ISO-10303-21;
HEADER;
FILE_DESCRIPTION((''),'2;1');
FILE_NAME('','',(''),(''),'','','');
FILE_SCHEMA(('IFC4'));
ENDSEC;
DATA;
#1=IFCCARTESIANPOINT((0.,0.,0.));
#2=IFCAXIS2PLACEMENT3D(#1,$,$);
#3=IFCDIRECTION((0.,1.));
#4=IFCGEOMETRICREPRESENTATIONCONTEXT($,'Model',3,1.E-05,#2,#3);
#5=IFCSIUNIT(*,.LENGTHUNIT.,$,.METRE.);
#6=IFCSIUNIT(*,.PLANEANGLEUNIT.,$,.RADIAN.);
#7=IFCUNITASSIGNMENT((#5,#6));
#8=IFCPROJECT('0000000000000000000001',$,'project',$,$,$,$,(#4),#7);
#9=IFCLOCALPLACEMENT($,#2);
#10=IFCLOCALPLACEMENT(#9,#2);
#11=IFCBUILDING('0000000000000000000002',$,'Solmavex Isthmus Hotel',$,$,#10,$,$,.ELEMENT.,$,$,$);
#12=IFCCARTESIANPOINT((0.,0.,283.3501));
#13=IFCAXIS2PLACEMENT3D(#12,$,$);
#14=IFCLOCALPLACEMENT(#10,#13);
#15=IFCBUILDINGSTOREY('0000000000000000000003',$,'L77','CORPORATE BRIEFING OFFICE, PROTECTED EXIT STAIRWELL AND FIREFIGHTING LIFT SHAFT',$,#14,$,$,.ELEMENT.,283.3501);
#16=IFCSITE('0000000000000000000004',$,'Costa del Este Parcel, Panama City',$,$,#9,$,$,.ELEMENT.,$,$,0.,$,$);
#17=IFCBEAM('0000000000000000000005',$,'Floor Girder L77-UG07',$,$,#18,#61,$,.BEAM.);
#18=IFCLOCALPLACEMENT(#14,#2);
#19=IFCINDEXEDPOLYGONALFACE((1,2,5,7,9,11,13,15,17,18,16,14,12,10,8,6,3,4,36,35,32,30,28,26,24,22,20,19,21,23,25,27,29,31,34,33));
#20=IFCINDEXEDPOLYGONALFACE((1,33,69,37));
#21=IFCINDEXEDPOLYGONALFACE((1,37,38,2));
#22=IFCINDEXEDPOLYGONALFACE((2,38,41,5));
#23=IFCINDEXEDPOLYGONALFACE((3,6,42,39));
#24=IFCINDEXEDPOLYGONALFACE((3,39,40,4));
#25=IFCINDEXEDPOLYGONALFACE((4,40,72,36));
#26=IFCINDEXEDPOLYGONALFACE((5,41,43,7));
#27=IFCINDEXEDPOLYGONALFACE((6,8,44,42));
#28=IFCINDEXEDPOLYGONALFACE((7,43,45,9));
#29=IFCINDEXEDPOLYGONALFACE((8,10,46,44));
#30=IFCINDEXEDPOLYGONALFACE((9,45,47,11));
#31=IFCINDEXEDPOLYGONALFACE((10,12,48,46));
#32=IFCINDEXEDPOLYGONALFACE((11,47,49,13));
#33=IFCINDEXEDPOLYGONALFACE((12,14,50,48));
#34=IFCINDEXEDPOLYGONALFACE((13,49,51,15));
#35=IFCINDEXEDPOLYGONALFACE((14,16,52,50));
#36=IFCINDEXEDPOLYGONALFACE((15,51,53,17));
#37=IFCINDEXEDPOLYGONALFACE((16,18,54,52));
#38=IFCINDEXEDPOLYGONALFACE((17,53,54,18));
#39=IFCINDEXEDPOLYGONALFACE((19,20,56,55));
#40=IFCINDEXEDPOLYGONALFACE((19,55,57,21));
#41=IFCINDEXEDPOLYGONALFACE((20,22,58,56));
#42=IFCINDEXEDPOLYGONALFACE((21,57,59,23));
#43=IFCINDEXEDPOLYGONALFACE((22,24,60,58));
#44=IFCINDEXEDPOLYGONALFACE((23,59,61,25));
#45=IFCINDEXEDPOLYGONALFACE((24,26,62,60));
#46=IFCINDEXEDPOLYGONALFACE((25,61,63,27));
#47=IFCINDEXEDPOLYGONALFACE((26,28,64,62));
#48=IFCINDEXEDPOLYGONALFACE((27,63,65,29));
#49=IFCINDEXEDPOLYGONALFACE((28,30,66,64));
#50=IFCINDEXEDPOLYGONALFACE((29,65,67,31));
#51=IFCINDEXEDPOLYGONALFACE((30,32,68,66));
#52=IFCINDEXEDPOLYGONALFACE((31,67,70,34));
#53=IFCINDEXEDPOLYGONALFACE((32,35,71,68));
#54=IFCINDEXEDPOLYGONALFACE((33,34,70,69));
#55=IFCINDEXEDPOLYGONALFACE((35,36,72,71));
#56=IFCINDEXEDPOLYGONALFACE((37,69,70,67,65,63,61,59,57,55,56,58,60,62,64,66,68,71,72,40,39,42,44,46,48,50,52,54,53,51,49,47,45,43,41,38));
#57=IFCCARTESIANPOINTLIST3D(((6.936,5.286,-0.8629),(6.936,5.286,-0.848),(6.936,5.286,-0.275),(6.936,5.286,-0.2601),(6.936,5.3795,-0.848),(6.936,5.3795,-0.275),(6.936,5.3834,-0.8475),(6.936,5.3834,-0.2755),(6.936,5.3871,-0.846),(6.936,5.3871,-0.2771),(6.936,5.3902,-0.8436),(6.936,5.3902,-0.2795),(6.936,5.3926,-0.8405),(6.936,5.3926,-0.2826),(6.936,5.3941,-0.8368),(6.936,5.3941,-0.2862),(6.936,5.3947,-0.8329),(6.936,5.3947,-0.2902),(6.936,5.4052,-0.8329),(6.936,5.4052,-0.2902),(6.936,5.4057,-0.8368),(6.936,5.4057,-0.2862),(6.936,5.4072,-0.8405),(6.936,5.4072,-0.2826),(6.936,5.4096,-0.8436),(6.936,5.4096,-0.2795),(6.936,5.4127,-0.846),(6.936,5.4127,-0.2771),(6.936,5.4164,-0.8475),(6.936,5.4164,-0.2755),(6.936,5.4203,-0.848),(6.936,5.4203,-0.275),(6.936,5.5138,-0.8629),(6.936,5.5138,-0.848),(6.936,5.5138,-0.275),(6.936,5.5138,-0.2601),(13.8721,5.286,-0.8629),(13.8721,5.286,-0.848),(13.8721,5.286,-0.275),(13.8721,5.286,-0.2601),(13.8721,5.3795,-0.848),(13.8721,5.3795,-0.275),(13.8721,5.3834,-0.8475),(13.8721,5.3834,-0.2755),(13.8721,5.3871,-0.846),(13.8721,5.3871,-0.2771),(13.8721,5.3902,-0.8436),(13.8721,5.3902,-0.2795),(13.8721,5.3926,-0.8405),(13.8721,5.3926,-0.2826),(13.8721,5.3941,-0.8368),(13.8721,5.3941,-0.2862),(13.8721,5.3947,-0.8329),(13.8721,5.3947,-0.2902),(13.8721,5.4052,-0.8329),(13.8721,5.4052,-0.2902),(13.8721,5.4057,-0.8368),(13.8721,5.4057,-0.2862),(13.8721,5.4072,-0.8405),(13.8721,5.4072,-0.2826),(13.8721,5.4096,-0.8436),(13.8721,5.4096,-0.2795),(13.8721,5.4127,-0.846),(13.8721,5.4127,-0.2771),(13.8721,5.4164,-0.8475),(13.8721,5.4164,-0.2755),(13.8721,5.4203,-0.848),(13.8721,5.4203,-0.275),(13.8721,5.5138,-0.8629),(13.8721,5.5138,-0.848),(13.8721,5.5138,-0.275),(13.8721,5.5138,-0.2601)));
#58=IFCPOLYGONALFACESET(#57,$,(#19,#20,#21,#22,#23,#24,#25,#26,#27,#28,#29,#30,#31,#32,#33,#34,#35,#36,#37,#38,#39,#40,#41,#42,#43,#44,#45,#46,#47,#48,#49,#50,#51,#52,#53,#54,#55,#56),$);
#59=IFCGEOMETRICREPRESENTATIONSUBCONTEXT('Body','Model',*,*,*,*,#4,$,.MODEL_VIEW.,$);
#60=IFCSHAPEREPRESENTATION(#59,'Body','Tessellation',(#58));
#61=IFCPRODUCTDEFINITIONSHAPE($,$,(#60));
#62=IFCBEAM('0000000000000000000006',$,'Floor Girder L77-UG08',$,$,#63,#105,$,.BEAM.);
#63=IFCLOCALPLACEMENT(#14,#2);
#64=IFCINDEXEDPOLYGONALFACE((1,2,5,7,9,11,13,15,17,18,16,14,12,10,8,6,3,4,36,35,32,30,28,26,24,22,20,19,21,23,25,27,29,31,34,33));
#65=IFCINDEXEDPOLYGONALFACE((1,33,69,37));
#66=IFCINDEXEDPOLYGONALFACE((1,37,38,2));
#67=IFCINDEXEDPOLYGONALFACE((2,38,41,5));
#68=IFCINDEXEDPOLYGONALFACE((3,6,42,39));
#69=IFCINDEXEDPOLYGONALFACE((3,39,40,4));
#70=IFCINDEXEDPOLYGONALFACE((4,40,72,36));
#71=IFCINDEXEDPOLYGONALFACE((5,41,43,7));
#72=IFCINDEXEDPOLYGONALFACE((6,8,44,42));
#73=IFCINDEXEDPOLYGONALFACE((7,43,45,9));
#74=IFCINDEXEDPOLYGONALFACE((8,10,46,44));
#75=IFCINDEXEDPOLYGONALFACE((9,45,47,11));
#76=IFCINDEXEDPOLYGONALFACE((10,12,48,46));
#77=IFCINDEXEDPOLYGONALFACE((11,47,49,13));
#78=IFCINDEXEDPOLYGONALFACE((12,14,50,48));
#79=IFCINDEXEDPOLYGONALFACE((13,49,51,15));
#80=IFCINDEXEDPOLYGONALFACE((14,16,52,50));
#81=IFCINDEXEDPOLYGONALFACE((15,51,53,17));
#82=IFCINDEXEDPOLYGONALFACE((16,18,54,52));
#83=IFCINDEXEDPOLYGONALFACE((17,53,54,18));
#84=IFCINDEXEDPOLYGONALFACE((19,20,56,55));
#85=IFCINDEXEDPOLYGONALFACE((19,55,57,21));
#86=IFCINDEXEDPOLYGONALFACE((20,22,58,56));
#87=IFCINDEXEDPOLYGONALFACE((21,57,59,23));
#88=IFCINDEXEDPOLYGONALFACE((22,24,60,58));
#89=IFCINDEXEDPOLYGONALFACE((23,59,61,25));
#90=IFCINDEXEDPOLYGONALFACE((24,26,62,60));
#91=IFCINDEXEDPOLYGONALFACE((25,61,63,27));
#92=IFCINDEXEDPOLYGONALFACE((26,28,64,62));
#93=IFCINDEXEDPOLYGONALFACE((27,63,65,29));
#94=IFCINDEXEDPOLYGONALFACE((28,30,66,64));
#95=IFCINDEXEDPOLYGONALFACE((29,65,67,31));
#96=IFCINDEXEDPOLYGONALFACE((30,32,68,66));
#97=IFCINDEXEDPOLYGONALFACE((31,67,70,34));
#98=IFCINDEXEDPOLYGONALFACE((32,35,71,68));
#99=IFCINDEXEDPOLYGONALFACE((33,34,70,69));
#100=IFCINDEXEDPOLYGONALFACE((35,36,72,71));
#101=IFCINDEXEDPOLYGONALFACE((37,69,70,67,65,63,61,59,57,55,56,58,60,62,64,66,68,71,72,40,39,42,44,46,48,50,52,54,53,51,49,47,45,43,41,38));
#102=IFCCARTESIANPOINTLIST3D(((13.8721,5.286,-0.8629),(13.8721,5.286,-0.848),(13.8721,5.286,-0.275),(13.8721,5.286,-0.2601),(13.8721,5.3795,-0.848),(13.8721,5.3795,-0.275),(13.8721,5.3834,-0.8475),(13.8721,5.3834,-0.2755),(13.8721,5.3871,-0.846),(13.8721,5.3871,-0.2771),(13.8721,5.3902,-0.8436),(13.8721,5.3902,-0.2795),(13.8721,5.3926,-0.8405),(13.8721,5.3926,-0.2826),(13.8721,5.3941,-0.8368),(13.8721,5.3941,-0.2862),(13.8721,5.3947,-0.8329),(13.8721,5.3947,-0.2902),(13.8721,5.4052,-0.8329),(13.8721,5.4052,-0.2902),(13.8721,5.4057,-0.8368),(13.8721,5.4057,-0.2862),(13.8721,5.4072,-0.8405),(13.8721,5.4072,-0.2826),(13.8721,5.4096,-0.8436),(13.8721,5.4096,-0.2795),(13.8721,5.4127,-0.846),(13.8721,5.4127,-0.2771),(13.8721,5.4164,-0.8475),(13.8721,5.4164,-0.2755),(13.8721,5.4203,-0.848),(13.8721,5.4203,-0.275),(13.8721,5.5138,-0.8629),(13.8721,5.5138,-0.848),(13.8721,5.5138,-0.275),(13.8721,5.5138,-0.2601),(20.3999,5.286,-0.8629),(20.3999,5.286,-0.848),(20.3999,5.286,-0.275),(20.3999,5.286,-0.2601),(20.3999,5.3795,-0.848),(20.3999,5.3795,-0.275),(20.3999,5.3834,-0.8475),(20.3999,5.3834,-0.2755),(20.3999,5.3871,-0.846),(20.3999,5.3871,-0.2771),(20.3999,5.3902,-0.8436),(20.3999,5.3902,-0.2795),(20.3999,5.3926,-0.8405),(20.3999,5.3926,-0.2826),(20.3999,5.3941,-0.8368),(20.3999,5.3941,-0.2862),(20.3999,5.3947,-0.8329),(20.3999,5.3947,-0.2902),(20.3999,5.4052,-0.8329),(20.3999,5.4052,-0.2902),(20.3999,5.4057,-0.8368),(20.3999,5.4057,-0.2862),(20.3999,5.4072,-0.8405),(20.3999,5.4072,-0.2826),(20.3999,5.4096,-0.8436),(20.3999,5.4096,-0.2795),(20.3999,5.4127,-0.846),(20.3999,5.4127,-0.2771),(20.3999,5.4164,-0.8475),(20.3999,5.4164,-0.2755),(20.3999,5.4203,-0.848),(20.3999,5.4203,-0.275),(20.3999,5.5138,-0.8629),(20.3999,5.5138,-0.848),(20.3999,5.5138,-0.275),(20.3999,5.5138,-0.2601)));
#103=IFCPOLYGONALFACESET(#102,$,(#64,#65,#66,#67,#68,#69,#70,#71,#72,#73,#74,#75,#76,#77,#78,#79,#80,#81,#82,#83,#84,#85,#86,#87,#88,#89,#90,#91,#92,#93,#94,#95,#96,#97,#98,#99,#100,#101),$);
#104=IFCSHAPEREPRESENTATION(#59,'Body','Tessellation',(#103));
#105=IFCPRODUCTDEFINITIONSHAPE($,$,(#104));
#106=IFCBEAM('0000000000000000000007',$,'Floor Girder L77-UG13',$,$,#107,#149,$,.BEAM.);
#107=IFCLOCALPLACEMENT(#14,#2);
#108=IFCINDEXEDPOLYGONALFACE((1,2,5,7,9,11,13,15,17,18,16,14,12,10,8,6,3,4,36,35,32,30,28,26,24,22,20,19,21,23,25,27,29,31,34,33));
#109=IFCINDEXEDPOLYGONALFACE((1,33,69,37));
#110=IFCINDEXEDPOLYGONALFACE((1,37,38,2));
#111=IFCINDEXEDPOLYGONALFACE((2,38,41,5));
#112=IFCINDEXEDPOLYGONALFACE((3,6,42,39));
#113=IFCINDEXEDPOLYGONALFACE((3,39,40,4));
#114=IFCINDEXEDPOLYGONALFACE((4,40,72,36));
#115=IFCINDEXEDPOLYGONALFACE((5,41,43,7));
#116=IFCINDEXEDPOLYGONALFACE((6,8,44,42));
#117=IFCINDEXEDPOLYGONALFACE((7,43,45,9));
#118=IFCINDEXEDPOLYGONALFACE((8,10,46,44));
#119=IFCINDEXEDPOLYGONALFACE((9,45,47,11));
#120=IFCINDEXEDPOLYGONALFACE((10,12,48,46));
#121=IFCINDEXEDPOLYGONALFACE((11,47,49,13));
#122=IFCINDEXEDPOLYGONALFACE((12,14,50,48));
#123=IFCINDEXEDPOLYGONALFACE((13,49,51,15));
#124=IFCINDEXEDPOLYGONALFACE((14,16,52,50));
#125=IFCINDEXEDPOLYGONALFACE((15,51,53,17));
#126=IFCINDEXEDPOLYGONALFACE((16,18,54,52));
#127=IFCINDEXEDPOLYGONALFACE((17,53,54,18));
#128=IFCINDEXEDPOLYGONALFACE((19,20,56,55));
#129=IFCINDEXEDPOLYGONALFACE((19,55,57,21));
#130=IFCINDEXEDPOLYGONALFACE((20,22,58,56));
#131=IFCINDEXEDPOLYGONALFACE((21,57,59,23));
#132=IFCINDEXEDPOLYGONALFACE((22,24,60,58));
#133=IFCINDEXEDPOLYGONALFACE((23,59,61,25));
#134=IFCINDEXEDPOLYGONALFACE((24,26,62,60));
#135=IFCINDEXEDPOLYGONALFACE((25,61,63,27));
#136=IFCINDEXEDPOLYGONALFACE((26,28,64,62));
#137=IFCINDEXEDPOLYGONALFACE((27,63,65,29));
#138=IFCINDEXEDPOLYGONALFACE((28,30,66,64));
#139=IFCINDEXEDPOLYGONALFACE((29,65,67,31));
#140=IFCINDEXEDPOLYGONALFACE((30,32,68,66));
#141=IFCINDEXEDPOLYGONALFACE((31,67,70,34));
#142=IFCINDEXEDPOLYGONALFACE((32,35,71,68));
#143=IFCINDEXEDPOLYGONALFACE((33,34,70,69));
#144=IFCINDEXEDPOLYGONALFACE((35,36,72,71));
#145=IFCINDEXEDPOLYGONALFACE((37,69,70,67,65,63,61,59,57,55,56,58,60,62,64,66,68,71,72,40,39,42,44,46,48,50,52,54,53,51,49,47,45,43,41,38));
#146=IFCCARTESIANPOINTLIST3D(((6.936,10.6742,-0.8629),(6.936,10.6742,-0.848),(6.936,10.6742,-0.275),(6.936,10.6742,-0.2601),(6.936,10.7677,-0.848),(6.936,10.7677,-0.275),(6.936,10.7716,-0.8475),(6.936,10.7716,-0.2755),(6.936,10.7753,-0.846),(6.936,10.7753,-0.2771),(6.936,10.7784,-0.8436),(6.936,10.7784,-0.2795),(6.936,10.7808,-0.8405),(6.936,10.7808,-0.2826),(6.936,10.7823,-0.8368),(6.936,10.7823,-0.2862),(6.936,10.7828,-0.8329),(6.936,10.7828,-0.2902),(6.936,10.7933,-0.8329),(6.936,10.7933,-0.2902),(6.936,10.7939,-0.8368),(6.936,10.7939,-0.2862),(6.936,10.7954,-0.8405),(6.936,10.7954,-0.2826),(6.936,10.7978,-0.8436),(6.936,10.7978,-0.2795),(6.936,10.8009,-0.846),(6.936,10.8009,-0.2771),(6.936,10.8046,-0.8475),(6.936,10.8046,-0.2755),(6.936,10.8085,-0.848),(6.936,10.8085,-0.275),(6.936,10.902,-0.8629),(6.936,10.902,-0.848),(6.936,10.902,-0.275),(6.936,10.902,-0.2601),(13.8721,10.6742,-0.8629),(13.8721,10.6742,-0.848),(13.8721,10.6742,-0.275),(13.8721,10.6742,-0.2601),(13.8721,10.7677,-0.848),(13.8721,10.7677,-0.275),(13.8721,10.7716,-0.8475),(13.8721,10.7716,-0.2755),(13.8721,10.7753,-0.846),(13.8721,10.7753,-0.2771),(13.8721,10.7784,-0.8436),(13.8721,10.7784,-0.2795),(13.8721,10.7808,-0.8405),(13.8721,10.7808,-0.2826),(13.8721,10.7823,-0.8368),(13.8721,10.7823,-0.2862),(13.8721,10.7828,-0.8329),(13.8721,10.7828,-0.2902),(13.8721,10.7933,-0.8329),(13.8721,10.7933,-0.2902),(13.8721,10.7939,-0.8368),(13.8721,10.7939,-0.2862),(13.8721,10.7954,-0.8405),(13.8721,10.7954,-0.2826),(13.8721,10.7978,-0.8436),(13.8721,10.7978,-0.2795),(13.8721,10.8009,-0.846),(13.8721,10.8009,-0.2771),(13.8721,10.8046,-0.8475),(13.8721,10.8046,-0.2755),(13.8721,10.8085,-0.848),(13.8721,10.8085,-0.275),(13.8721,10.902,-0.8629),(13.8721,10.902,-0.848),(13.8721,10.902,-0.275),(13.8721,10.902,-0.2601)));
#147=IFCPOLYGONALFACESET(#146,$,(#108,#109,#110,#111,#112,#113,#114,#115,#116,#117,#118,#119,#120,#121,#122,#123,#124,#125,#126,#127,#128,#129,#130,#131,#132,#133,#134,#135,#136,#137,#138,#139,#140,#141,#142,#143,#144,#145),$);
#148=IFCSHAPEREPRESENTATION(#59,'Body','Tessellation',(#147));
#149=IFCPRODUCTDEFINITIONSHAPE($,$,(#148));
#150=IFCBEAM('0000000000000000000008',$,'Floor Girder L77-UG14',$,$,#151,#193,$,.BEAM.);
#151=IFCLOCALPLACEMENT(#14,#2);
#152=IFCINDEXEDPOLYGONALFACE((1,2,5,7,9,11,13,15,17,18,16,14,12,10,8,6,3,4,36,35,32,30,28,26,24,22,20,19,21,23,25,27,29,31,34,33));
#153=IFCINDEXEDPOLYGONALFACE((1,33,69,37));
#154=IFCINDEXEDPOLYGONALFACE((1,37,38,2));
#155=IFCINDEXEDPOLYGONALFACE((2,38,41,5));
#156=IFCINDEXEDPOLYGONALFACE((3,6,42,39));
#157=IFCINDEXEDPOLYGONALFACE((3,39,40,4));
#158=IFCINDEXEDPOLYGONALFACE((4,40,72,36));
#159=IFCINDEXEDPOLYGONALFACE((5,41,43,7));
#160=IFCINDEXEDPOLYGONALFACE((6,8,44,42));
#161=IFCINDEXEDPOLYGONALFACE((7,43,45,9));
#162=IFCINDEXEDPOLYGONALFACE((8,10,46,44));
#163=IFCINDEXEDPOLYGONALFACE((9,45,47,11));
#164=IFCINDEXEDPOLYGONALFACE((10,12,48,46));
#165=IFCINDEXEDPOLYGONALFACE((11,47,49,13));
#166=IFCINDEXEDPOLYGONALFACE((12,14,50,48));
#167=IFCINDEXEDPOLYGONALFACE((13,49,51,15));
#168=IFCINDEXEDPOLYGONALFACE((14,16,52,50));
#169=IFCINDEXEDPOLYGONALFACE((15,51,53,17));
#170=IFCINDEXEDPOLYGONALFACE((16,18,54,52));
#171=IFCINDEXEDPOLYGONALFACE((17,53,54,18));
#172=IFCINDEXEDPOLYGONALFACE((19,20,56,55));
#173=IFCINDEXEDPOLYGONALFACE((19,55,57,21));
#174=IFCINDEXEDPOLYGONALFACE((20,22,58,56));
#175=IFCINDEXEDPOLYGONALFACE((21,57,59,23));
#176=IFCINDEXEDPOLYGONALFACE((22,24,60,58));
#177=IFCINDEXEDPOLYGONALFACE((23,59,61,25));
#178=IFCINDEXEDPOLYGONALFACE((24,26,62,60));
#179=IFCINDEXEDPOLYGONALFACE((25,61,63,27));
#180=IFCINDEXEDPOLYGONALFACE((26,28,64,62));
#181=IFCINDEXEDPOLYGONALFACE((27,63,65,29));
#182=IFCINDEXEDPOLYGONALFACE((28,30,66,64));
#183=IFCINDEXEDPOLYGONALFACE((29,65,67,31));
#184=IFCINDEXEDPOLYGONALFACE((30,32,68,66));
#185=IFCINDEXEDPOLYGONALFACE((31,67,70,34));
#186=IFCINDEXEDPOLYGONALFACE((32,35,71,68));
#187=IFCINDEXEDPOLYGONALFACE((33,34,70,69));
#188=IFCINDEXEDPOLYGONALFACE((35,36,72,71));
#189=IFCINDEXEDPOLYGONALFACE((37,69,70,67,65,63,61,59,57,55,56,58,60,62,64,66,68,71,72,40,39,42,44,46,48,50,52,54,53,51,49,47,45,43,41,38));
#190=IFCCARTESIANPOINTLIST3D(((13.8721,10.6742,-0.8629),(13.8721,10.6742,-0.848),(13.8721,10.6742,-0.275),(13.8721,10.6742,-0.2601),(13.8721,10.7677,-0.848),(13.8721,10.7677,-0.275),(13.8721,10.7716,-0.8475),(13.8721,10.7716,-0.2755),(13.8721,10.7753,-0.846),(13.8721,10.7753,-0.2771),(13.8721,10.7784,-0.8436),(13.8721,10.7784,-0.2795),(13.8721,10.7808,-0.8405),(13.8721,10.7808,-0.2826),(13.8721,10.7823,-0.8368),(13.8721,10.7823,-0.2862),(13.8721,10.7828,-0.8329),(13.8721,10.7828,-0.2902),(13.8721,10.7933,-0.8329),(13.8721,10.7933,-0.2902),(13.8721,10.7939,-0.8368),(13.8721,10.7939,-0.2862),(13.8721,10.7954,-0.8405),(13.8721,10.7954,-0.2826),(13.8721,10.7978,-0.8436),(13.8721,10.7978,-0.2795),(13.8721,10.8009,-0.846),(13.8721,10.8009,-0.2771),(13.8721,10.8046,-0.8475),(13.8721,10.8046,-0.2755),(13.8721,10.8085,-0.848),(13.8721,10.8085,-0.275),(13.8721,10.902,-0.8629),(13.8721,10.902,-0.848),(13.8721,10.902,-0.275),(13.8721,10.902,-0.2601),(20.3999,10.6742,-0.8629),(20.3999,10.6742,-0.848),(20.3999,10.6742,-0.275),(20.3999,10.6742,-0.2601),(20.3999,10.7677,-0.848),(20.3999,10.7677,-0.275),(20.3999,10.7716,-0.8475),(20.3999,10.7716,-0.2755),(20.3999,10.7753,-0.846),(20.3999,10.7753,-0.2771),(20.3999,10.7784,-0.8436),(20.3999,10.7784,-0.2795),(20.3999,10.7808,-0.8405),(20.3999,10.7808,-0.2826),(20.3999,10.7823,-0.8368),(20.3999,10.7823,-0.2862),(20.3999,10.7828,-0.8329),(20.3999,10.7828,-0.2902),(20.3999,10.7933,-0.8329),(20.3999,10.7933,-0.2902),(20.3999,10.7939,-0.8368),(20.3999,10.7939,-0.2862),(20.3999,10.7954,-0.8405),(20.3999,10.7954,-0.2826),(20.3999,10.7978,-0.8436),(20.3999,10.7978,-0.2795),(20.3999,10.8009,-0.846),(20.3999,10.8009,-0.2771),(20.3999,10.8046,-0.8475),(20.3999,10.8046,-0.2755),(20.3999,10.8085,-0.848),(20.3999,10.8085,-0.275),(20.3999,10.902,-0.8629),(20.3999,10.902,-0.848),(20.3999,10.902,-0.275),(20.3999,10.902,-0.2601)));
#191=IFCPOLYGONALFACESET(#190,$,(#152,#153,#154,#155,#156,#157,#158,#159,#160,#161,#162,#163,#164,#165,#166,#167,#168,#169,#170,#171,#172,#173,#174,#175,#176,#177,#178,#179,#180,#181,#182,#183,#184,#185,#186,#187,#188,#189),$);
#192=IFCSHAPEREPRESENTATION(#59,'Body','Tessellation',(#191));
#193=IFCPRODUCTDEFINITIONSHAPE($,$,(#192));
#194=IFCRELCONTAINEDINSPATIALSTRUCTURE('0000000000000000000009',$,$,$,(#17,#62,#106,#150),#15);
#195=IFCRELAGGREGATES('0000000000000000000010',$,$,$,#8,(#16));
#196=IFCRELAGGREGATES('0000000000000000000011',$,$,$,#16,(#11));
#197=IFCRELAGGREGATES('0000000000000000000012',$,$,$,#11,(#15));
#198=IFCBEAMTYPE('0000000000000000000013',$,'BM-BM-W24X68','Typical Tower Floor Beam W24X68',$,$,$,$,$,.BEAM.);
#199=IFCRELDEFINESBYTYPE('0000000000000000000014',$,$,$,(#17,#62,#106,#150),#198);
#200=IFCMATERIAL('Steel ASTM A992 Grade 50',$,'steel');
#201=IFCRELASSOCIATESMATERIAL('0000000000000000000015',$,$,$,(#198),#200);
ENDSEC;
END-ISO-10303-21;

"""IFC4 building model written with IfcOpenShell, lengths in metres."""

from ifc_helpers import new_model, si_unit, direction, frame, origin, origin_2d, place, context, subcontext, project, spatial, i_section, extrude, material, material_profile, profile_set, type_object, element, save


model = new_model("IFC4")

# Units and contexts
model_context = context("Model", 3, precision=1e-05, world=origin(), true_north=direction((0.0, 1.0)))
body_context = subcontext(model_context, "Body", "Model", "MODEL_VIEW")
ifc_project = project(units=[si_unit("LENGTHUNIT", "METRE"), si_unit("PLANEANGLEUNIT", "RADIAN")], contexts=[model_context])

# Site, building, storey
site_placement = place(None, origin())
site = spatial("IfcSite", under=ifc_project, at=site_placement, Name="Costa del Este Parcel, Panama City", CompositionType="ELEMENT", RefElevation=0.0)
building_placement = place(site_placement, origin())
building = spatial("IfcBuilding", under=site, at=building_placement, Name="Solmavex Isthmus Hotel", CompositionType="ELEMENT")
storey_placement = place(building_placement, frame((0.0, 0.0, 283.3501)))
storey = spatial("IfcBuildingStorey", under=building, at=storey_placement, Name="L77", Description="CORPORATE BRIEFING OFFICE, PROTECTED EXIT STAIRWELL AND FIREFIGHTING LIFT SHAFT", CompositionType="ELEMENT", Elevation=283.3501)

# Beams
ifc_material_1 = material(Name="Steel ASTM A992 Grade 50", Category="steel")
ifc_material_profile_1 = material_profile(ifc_material_1, i_section(OverallWidth=0.2278, OverallDepth=0.6028, WebThickness=0.0105, FlangeThickness=0.0149, FilletRadius=0.0151, at=origin_2d()), Name="W24X68")
ifc_profile_set_1 = profile_set([ifc_material_profile_1], Name="Steel ASTM A992 Grade 50")
beam_type_1 = type_object("IfcBeamType", Name="BM-BM-W24X68", Description="Typical Tower Floor Beam W24X68", PredefinedType="BEAM", material=ifc_profile_set_1)
beam_1_placement = place(storey_placement, frame((6.936, 5.3999, -0.5615), z_axis=(1.0, 0.0, 0.0), x_axis=(0.0, 1.0, 0.0)))
element("IfcBeam", 1, at=beam_1_placement, inside=storey, type_object=beam_type_1, Name="Floor Girder L77-UG07", PredefinedType="BEAM", context=body_context, shape_type="SweptSolid", body=[
    extrude(i_section(OverallWidth=0.2278, OverallDepth=0.6028, WebThickness=0.0105, FlangeThickness=0.0149, FilletRadius=0.0151, at=origin_2d()), origin(), (0.0, 0.0, 1.0), 6.936),
])
beam_2_placement = place(storey_placement, frame((13.8721, 5.3999, -0.5615), z_axis=(1.0, 0.0, 0.0), x_axis=(0.0, 1.0, 0.0)))
element("IfcBeam", 2, at=beam_2_placement, inside=storey, type_object=beam_type_1, Name="Floor Girder L77-UG08", PredefinedType="BEAM", context=body_context, shape_type="SweptSolid", body=[
    extrude(i_section(OverallWidth=0.2278, OverallDepth=0.6028, WebThickness=0.0105, FlangeThickness=0.0149, FilletRadius=0.0151, at=origin_2d()), origin(), (0.0, 0.0, 1.0), 6.5278),
])
beam_3_placement = place(storey_placement, frame((6.936, 10.7881, -0.5615), z_axis=(1.0, 0.0, 0.0), x_axis=(0.0, 1.0, 0.0)))
element("IfcBeam", 3, at=beam_3_placement, inside=storey, type_object=beam_type_1, Name="Floor Girder L77-UG13", PredefinedType="BEAM", context=body_context, shape_type="SweptSolid", body=[
    extrude(i_section(OverallWidth=0.2278, OverallDepth=0.6028, WebThickness=0.0105, FlangeThickness=0.0149, FilletRadius=0.0151, at=origin_2d()), origin(), (0.0, 0.0, 1.0), 6.936),
])
beam_4_placement = place(storey_placement, frame((13.8721, 10.7881, -0.5615), z_axis=(1.0, 0.0, 0.0), x_axis=(0.0, 1.0, 0.0)))
element("IfcBeam", 4, at=beam_4_placement, inside=storey, type_object=beam_type_1, Name="Floor Girder L77-UG14", PredefinedType="BEAM", context=body_context, shape_type="SweptSolid", body=[
    extrude(i_section(OverallWidth=0.2278, OverallDepth=0.6028, WebThickness=0.0105, FlangeThickness=0.0149, FilletRadius=0.0151, at=origin_2d()), origin(), (0.0, 0.0, 1.0), 6.5278),
])

save(model, "model.ifc")
